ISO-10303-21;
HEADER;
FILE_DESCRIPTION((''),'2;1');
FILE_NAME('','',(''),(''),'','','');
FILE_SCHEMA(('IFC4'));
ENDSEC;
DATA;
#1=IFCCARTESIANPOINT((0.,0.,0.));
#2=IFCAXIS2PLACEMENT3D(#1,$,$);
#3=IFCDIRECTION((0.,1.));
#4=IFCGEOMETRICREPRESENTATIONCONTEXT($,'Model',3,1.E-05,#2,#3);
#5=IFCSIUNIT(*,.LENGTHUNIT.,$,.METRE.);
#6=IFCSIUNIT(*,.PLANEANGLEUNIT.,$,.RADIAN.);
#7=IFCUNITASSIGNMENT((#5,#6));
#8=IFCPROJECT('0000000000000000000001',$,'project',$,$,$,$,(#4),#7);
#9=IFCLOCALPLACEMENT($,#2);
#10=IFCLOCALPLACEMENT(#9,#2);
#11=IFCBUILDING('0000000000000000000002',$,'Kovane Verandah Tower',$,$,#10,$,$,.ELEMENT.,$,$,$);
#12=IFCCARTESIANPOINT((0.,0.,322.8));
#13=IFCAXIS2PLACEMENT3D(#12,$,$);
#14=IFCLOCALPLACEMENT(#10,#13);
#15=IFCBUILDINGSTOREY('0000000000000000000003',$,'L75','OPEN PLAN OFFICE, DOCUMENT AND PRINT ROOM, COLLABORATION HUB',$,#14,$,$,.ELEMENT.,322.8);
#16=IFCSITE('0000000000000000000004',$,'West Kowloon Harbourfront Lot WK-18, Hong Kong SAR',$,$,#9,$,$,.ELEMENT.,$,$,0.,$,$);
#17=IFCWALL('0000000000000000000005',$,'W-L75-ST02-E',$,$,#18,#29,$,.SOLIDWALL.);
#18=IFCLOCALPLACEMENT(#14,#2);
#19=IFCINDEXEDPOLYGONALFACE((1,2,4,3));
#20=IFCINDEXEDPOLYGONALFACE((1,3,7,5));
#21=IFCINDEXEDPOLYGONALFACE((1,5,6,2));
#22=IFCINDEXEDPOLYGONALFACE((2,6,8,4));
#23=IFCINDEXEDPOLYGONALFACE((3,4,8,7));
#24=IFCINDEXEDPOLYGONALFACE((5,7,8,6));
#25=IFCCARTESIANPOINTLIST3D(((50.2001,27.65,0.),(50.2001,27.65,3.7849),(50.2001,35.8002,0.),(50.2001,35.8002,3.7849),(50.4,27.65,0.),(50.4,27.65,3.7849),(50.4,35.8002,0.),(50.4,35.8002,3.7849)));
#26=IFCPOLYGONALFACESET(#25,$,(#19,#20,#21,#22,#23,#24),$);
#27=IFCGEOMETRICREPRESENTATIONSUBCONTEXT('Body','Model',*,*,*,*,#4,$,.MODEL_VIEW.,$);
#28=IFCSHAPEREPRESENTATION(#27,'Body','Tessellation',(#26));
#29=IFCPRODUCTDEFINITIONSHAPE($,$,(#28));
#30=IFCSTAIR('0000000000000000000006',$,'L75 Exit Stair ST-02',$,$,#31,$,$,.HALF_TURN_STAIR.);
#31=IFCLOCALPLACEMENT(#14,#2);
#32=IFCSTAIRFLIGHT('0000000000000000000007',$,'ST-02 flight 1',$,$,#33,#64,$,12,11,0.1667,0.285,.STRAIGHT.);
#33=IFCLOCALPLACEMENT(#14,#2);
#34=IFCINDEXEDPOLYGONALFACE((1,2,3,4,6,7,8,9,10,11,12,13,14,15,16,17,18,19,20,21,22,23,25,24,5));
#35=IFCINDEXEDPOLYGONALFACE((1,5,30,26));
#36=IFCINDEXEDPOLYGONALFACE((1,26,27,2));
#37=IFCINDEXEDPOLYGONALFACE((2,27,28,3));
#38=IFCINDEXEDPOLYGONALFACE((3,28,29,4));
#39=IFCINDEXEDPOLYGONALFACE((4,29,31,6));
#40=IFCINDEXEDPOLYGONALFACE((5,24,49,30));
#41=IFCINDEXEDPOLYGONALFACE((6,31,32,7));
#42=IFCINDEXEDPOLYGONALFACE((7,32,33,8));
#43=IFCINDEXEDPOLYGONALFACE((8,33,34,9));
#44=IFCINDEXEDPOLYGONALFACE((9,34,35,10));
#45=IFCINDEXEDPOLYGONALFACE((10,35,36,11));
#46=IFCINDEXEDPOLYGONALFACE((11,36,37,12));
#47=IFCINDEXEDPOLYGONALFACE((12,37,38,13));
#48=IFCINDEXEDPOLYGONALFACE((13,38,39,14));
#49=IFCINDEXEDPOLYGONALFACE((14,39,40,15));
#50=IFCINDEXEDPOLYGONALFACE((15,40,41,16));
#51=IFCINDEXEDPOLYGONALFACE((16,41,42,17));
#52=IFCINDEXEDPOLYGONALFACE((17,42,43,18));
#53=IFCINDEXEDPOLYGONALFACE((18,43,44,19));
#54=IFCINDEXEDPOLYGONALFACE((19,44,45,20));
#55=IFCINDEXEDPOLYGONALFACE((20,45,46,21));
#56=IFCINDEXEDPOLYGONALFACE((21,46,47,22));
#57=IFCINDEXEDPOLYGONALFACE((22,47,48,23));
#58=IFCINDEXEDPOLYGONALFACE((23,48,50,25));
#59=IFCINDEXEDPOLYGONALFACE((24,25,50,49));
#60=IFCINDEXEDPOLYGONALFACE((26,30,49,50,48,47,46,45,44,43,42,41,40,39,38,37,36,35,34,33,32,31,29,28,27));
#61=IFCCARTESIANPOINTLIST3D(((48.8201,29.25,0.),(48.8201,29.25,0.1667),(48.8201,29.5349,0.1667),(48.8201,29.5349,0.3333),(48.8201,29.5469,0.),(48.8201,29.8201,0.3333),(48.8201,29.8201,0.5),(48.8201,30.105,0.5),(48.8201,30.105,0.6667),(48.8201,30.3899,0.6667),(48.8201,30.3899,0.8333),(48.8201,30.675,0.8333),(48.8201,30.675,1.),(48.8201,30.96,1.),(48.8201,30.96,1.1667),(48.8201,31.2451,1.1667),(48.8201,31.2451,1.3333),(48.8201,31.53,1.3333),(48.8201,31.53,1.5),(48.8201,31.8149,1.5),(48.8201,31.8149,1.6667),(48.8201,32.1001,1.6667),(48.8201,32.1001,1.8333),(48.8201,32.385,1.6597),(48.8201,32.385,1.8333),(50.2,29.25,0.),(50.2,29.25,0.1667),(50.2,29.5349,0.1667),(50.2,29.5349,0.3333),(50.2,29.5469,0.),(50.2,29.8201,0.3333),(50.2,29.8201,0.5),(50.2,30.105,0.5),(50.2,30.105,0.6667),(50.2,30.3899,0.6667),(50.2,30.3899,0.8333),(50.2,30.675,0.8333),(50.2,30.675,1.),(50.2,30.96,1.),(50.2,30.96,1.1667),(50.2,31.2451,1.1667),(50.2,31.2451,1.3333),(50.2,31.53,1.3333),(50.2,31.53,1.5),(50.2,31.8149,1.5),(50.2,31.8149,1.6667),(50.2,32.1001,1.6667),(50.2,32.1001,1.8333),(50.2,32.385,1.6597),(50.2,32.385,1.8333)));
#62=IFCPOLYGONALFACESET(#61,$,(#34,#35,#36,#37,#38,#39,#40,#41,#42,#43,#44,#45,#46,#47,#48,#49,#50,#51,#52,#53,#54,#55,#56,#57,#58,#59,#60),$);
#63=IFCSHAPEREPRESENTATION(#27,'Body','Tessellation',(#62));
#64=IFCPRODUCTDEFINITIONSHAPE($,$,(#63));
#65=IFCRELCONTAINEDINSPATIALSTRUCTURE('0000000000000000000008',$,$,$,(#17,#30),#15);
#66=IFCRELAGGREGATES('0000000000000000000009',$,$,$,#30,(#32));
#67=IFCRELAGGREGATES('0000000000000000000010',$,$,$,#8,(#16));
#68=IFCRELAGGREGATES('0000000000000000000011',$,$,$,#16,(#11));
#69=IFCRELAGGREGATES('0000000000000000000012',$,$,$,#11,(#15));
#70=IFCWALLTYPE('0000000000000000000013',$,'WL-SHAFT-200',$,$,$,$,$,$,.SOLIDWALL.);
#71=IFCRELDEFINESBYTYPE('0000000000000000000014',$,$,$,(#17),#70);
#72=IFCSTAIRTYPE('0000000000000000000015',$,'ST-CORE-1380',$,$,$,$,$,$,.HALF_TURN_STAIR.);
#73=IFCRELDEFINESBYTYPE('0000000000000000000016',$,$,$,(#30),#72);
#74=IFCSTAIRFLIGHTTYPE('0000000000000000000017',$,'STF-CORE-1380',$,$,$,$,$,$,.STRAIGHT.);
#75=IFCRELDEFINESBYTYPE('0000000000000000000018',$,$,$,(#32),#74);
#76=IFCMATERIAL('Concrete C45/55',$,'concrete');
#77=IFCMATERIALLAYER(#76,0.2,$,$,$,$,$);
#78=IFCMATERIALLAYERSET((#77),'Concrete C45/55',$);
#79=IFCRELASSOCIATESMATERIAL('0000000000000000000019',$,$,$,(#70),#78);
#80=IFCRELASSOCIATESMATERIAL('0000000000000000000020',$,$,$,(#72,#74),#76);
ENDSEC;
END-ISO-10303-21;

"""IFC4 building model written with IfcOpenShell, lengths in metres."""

from ifc_helpers import new_model, si_unit, direction, frame, frame_2d, origin, place, context, subcontext, project, spatial, polyline, rectangle, outline, extrude, material, layer, layer_set, type_object, element, aggregate, save


model = new_model("IFC4")

# Units and contexts
model_context = context("Model", 3, precision=1e-05, world=origin(), true_north=direction((0.0, 1.0)))
body_context = subcontext(model_context, "Body", "Model", "MODEL_VIEW")
ifc_project = project(units=[si_unit("LENGTHUNIT", "METRE"), si_unit("PLANEANGLEUNIT", "RADIAN")], contexts=[model_context])

# Site, building, storey
site_placement = place(None, origin())
site = spatial("IfcSite", under=ifc_project, at=site_placement, Name="West Kowloon Harbourfront Lot WK-18, Hong Kong SAR", CompositionType="ELEMENT", RefElevation=0.0)
building_placement = place(site_placement, origin())
building = spatial("IfcBuilding", under=site, at=building_placement, Name="Kovane Verandah Tower", CompositionType="ELEMENT")
storey_placement = place(building_placement, frame((0.0, 0.0, 322.8)))
storey = spatial("IfcBuildingStorey", under=building, at=storey_placement, Name="L75", Description="OPEN PLAN OFFICE, DOCUMENT AND PRINT ROOM, COLLABORATION HUB", CompositionType="ELEMENT", Elevation=322.8)

# Wall
ifc_material_1 = material(Name="Concrete C45/55", Category="concrete")
ifc_layer_1 = layer(ifc_material_1, 0.2)
ifc_layer_set_1 = layer_set([ifc_layer_1], Name="Concrete C45/55")
wall_type_1 = type_object("IfcWallType", Name="WL-SHAFT-200", PredefinedType="SOLIDWALL", material=ifc_layer_set_1)
wall_1_placement = place(storey_placement, frame((50.3, 27.6499, 0.0), z_axis=(0.0, 0.0, 1.0), x_axis=(0.0, 1.0, 0.0)))
element("IfcWall", 1, at=wall_1_placement, inside=storey, type_object=wall_type_1, Name="W-L75-ST02-E", PredefinedType="SOLIDWALL", context=body_context, shape_type="SweptSolid", body=[
    extrude(rectangle(XDim=8.1501, YDim=0.2, at=frame_2d((4.0752, 0.0))), origin(), (0.0, 0.0, 1.0), 3.7849),
])

# Stair, stair flight
stair_type = type_object("IfcStairType", Name="ST-CORE-1380", PredefinedType="HALF_TURN_STAIR", material=ifc_material_1)
stair_placement = place(storey_placement, origin())
stair = element("IfcStair", 2, at=stair_placement, inside=storey, type_object=stair_type, Name="L75 Exit Stair ST-02", PredefinedType="HALF_TURN_STAIR")
stair_flight_type = type_object("IfcStairFlightType", Name="STF-CORE-1380", PredefinedType="STRAIGHT", material=ifc_material_1)
stair_flight_placement = place(storey_placement, frame((49.51, 29.25, 0.0), z_axis=(0.0, 0.0, 1.0), x_axis=(0.0, 1.0, 0.0)))
stair_flight = element("IfcStairFlight", 3, at=stair_flight_placement, type_object=stair_flight_type, Name="ST-02 flight 1", NumberOfRisers=12, NumberOfTreads=11, PredefinedType="STRAIGHT", RiserHeight=0.1667, TreadLength=0.285, context=body_context, shape_type="SweptSolid", body=[
    extrude(outline(polyline([(0.0, 0.0), (0.0, 0.1667), (0.2849, 0.1667), (0.2849, 0.3333), (0.5701, 0.3333), (0.5701, 0.5), (0.855, 0.5), (0.855, 0.6667), (1.1399, 0.6667), (1.1399, 0.8333), (1.425, 0.8333), (1.425, 1.0), (1.71, 1.0), (1.71, 1.1667), (1.9951, 1.1667), (1.9951, 1.3333), (2.28, 1.3333), (2.28, 1.5), (2.5649, 1.5), (2.5649, 1.6667), (2.8501, 1.6667), (2.8501, 1.8333), (3.135, 1.8333), (3.135, 2.0), (3.135, 1.6597), (0.2969, 0.0), (0.0, 0.0)])), frame((0.0, 0.6899, 0.0), z_axis=(0.0, -1.0, 0.0), x_axis=(1.0, 0.0, 0.0)), (0.0, 0.0, 1.0), 1.3799),
])
aggregate(stair, [stair_flight])

save(model, "model.ifc")
